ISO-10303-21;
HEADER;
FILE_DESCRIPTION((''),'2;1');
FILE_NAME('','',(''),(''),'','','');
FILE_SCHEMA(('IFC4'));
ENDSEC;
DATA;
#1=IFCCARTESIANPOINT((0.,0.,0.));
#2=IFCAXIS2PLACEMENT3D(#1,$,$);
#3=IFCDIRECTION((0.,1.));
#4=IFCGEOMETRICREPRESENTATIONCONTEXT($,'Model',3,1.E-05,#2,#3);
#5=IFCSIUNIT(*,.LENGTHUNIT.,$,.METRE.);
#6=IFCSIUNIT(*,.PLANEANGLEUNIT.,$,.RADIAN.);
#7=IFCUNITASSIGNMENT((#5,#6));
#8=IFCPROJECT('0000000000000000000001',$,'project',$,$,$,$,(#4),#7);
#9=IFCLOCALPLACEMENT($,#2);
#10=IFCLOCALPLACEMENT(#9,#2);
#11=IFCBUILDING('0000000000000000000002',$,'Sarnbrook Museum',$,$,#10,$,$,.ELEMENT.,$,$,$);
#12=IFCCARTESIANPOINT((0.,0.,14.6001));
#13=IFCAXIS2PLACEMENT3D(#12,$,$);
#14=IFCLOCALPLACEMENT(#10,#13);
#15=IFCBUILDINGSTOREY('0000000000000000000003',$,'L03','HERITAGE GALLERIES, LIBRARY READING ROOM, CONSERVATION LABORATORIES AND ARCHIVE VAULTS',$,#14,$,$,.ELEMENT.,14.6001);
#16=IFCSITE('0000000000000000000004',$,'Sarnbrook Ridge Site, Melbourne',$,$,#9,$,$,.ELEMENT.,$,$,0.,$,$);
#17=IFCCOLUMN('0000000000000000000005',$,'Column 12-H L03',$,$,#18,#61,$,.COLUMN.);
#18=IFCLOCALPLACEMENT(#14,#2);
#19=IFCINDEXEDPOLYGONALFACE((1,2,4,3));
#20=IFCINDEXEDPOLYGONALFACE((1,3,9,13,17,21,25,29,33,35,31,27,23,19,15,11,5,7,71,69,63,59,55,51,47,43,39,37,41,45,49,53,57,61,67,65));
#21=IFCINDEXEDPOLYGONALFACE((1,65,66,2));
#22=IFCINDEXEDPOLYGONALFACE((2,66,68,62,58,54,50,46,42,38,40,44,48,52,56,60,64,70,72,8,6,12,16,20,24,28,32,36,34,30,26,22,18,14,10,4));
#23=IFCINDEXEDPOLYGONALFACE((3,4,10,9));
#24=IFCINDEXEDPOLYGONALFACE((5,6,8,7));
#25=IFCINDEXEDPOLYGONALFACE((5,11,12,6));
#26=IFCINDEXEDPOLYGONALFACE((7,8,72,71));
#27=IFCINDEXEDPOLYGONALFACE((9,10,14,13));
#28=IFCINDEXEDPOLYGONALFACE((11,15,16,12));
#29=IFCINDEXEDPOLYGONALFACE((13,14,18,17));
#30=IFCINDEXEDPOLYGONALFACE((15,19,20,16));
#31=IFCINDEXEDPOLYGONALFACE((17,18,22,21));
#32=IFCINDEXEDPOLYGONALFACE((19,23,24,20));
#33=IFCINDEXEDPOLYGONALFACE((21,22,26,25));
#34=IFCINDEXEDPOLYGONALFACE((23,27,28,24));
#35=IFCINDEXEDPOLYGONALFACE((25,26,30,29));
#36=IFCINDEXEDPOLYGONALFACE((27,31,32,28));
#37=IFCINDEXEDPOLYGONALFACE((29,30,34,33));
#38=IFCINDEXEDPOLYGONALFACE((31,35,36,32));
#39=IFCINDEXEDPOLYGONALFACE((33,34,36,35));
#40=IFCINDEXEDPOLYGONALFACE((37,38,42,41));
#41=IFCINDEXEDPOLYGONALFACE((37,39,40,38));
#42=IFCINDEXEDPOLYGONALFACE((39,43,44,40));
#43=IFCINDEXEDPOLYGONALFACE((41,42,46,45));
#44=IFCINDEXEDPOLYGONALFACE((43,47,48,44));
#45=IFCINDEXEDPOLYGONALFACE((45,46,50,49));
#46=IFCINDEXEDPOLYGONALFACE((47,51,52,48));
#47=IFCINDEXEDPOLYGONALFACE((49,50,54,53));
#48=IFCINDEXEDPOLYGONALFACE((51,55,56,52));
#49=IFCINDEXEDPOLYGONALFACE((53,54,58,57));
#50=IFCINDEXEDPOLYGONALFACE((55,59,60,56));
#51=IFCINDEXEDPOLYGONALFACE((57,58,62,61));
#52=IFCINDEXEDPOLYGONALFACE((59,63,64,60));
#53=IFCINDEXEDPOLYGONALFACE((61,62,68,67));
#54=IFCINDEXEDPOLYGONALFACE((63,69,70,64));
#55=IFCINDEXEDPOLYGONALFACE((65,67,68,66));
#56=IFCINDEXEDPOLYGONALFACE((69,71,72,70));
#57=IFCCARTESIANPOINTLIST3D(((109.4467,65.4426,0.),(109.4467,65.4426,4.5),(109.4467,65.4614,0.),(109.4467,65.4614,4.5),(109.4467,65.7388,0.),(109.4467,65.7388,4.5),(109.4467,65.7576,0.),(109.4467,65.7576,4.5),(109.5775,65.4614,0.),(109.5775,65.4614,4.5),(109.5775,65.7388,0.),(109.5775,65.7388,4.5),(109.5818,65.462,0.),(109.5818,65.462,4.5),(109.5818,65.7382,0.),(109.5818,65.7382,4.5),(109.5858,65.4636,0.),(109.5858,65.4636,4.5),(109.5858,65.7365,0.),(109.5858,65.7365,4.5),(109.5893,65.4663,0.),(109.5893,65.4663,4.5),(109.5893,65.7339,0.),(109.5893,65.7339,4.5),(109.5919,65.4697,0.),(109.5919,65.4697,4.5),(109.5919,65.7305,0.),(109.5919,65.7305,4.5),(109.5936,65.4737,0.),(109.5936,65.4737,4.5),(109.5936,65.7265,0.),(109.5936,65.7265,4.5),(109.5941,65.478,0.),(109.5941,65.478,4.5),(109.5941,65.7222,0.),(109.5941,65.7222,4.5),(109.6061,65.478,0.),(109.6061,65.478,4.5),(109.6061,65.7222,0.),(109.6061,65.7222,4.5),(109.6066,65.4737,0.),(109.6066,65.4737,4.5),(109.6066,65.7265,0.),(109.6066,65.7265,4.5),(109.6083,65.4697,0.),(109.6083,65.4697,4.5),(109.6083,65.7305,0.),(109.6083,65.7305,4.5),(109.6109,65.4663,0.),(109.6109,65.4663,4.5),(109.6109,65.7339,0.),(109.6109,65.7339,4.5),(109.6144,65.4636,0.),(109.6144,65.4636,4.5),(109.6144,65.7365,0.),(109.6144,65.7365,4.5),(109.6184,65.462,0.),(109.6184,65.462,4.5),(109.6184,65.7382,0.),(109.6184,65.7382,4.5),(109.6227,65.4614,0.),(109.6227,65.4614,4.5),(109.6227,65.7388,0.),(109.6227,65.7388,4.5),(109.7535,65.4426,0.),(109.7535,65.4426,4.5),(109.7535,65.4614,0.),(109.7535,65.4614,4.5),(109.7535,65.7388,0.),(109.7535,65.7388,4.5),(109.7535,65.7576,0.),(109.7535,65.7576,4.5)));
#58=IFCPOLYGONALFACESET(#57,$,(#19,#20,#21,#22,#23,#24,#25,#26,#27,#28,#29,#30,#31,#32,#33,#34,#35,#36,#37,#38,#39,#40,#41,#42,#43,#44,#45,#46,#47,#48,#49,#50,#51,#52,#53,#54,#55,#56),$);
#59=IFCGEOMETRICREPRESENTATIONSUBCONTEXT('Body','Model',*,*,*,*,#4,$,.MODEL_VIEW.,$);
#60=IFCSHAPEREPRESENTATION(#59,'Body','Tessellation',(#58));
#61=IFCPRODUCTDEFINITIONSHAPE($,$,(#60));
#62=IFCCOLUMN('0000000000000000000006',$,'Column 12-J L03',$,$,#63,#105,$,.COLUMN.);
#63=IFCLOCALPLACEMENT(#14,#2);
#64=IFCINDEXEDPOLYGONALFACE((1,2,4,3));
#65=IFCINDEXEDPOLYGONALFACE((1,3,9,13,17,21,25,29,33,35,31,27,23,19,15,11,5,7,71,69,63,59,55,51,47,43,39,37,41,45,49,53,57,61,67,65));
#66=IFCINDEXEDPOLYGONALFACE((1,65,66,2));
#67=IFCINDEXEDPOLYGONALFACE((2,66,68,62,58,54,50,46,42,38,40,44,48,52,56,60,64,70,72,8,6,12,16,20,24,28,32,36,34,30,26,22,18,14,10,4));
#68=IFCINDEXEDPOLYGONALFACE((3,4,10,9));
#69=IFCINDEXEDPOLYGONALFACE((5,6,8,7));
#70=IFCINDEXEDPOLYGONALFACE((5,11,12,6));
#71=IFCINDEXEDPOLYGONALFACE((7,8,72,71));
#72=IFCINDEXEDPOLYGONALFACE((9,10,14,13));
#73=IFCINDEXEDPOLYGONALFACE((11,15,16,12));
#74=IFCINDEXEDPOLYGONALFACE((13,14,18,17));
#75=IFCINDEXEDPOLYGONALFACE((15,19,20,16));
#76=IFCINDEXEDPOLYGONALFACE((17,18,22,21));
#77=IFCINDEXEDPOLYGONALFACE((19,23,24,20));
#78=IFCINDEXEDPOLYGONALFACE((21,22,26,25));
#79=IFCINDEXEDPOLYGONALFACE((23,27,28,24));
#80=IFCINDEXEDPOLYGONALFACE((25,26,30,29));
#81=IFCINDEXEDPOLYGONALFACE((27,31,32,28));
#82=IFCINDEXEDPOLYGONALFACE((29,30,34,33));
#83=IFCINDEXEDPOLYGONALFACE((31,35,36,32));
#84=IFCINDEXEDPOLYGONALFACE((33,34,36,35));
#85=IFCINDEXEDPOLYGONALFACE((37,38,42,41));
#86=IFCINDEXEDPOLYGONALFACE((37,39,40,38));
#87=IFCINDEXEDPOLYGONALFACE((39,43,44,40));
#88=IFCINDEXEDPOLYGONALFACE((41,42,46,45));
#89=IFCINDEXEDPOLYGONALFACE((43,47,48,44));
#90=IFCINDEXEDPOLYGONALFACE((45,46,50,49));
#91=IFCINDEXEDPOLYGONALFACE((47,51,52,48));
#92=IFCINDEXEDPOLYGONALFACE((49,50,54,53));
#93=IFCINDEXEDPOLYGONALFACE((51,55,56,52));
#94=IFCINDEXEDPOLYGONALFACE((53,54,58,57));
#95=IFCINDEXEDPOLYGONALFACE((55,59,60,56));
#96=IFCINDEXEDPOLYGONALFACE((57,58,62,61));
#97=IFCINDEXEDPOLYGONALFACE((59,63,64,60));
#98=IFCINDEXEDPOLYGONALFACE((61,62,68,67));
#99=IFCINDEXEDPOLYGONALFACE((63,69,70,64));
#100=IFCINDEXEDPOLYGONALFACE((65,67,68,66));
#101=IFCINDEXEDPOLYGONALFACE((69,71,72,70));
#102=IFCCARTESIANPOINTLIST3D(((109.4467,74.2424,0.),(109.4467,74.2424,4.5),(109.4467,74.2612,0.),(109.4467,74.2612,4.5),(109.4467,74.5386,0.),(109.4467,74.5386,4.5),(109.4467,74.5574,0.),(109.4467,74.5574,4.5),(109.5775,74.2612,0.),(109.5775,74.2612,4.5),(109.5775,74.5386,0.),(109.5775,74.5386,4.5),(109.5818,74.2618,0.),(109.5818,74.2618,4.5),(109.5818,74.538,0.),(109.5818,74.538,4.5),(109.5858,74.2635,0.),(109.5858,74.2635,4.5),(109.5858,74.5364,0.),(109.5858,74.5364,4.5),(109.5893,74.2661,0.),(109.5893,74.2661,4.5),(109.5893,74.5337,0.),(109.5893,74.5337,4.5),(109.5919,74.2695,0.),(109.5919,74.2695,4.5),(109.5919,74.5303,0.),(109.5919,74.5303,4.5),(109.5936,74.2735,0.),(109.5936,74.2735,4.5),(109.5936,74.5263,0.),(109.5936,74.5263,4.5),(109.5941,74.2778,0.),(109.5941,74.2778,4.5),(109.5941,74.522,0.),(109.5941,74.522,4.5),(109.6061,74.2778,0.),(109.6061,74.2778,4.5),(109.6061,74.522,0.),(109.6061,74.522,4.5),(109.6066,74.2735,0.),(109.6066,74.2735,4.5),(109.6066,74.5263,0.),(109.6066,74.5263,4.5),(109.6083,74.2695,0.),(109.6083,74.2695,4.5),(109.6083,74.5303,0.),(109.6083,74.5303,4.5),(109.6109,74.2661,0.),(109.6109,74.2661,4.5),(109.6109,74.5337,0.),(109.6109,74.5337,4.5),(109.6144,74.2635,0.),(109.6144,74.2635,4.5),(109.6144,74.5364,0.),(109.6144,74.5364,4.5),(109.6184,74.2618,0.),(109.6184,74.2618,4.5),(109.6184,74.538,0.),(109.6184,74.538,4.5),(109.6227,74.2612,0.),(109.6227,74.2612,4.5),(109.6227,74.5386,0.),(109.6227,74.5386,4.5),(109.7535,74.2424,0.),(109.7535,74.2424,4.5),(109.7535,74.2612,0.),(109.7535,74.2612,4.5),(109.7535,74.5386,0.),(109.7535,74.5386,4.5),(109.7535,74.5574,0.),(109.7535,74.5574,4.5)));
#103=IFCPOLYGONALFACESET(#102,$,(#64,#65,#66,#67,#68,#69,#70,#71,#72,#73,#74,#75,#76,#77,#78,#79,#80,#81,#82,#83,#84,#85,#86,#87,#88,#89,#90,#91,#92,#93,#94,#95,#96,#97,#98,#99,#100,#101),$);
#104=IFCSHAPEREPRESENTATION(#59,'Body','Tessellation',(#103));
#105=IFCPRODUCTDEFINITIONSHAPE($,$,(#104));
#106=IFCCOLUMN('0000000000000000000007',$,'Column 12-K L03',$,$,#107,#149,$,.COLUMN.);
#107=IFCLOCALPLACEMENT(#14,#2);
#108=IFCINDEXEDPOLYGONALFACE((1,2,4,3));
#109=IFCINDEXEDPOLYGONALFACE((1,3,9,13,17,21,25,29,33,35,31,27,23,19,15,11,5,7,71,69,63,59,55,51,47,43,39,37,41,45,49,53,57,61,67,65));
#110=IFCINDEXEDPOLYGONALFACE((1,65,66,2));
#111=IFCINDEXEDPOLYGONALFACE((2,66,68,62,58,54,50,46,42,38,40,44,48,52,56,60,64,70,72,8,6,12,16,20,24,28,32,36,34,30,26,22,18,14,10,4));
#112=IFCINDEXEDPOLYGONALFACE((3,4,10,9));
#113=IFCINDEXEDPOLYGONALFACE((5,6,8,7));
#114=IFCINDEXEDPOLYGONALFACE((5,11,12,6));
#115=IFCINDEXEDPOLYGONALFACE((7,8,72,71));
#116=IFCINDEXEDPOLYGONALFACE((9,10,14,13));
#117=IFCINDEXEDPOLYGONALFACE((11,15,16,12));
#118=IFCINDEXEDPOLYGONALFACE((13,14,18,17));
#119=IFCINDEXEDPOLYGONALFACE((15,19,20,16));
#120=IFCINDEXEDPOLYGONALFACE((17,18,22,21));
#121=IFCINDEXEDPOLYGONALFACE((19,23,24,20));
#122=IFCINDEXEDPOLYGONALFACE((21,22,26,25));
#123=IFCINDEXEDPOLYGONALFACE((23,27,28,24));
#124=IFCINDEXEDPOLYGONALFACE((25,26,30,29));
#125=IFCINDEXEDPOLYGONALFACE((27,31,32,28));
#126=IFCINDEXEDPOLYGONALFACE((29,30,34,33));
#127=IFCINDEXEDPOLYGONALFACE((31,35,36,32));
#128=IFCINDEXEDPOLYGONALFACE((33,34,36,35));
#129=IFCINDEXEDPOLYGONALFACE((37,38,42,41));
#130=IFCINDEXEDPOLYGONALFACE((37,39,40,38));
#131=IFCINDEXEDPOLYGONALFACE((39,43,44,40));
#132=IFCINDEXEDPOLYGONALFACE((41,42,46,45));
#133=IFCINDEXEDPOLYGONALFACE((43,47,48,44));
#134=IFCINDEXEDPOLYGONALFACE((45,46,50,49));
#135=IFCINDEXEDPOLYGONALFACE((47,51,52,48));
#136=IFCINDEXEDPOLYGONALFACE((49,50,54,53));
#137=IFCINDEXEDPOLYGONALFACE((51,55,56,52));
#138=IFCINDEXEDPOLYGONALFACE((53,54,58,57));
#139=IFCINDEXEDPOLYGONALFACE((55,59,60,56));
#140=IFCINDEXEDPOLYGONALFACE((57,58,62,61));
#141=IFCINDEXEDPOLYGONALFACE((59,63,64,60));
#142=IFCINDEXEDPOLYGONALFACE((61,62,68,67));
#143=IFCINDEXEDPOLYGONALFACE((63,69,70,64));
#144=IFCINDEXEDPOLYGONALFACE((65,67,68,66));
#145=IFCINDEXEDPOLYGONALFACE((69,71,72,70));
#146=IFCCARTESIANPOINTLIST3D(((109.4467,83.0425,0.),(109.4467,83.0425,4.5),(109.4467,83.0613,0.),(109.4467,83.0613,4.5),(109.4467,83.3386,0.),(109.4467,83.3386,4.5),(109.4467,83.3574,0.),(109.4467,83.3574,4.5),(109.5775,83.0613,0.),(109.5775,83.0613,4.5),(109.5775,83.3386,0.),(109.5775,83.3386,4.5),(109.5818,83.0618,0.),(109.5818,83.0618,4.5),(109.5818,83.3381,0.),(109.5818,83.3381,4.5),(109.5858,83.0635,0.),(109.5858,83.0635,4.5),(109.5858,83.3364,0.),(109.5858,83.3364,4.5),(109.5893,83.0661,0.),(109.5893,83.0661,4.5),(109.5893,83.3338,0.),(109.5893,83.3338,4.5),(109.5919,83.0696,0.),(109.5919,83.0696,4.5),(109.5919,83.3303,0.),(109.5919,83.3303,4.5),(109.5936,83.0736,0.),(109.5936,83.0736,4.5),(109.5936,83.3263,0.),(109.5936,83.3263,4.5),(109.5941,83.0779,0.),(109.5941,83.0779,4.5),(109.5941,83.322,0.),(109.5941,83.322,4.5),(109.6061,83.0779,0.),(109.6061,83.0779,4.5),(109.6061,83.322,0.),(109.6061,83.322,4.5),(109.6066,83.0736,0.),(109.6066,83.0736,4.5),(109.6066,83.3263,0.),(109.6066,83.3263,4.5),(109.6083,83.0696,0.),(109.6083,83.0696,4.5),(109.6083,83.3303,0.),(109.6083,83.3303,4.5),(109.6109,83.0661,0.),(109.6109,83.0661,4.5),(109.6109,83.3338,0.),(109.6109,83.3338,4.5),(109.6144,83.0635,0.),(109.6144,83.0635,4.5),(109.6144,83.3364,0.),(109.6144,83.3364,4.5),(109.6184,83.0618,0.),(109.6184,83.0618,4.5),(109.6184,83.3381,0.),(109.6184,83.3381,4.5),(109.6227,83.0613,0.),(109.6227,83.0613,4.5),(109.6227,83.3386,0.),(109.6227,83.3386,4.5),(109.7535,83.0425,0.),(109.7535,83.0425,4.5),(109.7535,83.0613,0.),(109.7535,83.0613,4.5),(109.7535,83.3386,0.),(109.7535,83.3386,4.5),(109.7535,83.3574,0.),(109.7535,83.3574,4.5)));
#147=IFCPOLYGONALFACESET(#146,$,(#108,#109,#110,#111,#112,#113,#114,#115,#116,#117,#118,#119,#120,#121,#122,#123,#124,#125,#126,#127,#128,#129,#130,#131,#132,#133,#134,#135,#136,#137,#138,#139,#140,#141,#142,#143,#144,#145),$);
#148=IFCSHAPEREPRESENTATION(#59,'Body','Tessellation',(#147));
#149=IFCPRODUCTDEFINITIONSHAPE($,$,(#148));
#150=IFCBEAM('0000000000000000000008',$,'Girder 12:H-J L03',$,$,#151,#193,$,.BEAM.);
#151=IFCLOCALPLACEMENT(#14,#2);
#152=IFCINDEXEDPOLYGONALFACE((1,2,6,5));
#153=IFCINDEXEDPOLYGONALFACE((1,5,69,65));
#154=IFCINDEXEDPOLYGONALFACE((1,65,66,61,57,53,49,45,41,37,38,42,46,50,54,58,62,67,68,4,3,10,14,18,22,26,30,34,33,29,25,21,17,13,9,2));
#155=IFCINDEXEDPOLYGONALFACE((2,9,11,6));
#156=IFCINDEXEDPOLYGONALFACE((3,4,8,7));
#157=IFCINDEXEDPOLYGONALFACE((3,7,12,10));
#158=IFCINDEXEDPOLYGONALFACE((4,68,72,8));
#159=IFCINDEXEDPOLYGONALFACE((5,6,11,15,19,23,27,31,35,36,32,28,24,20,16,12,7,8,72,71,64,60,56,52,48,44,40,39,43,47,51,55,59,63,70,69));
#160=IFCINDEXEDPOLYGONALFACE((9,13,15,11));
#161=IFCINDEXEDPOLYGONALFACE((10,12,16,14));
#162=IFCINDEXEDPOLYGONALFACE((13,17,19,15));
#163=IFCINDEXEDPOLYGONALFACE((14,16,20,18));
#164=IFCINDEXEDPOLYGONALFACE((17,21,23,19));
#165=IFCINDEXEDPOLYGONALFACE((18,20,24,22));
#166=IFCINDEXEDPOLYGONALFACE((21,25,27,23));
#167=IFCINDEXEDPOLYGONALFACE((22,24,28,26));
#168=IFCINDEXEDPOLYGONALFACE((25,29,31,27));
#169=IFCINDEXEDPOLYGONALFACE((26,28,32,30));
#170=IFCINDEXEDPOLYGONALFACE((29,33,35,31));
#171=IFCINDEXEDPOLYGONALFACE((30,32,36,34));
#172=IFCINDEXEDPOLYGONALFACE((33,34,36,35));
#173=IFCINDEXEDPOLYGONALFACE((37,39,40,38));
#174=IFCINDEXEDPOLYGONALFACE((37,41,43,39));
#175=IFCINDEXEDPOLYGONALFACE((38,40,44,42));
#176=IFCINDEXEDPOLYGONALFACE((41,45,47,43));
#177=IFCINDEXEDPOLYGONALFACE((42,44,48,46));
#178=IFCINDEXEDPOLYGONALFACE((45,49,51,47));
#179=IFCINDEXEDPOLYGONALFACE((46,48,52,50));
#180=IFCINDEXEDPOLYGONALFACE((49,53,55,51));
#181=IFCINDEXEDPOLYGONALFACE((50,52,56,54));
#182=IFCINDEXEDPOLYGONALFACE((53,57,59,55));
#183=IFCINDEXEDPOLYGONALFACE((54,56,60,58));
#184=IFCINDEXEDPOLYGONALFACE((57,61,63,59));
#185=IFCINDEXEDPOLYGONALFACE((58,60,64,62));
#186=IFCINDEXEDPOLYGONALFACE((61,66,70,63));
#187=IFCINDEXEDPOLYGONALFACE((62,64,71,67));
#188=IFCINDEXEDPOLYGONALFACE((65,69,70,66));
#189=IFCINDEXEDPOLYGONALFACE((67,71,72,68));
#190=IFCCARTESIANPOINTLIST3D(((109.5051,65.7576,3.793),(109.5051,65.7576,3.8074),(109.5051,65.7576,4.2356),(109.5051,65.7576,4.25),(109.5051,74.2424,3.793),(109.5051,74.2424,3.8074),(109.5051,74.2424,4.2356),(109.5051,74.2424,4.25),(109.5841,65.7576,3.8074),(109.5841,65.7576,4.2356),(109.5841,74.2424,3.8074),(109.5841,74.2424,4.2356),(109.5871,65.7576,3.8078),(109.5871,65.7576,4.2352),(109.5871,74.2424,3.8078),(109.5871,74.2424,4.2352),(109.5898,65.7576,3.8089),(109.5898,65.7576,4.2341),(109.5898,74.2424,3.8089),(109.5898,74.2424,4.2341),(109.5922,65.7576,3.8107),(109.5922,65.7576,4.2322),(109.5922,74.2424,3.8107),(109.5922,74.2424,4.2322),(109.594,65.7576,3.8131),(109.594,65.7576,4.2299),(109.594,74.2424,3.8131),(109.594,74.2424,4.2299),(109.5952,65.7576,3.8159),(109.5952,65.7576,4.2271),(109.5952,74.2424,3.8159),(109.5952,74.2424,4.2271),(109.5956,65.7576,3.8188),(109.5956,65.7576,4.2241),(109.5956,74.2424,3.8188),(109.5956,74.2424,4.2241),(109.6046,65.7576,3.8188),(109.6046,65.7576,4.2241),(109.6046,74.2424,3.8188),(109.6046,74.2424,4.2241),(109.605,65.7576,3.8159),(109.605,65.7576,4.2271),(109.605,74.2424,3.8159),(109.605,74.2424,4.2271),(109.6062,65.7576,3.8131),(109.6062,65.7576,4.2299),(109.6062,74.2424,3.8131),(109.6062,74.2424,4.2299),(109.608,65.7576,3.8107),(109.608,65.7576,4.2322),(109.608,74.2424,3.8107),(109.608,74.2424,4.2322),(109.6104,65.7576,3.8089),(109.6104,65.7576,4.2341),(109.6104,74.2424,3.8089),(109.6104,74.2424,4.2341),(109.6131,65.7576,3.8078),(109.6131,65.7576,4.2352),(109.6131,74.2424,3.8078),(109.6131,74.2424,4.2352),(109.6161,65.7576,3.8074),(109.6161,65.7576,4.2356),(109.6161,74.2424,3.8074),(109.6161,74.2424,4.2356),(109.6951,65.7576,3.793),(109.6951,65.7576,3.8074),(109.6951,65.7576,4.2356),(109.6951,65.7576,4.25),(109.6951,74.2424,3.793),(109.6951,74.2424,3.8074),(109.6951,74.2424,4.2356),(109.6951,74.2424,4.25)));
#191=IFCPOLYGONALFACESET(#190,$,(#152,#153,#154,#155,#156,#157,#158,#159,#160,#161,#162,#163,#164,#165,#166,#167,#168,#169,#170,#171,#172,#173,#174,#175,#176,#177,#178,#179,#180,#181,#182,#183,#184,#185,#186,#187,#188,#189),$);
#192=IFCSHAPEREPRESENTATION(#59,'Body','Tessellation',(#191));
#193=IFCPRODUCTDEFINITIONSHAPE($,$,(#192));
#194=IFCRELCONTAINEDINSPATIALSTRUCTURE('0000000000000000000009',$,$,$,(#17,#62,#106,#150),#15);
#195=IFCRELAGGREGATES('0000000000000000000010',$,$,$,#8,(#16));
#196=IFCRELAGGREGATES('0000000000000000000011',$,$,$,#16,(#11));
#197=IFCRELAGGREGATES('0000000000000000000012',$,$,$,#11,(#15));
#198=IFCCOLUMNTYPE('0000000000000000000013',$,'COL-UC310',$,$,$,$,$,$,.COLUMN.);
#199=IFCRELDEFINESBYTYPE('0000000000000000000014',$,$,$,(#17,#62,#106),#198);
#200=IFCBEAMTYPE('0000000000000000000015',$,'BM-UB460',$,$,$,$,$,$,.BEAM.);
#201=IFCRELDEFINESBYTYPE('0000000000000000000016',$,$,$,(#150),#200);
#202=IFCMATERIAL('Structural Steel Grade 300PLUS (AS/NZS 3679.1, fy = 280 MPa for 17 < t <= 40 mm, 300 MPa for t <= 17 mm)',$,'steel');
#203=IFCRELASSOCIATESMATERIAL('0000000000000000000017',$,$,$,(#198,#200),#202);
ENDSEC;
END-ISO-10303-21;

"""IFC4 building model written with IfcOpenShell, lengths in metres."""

from ifc_helpers import new_model, si_unit, direction, frame, origin, origin_2d, place, context, subcontext, project, spatial, i_section, extrude, material, material_profile, profile_set, type_object, element, save


model = new_model("IFC4")

# Units and contexts
model_context = context("Model", 3, precision=1e-05, world=origin(), true_north=direction((0.0, 1.0)))
body_context = subcontext(model_context, "Body", "Model", "MODEL_VIEW")
ifc_project = project(units=[si_unit("LENGTHUNIT", "METRE"), si_unit("PLANEANGLEUNIT", "RADIAN")], contexts=[model_context])

# Site, building, storey
site_placement = place(None, origin())
site = spatial("IfcSite", under=ifc_project, at=site_placement, Name="Sarnbrook Ridge Site, Melbourne", CompositionType="ELEMENT", RefElevation=0.0)
building_placement = place(site_placement, origin())
building = spatial("IfcBuilding", under=site, at=building_placement, Name="Sarnbrook Museum", CompositionType="ELEMENT")
storey_placement = place(building_placement, frame((0.0, 0.0, 14.6001)))
storey = spatial("IfcBuildingStorey", under=building, at=storey_placement, Name="L03", Description="HERITAGE GALLERIES, LIBRARY READING ROOM, CONSERVATION LABORATORIES AND ARCHIVE VAULTS", CompositionType="ELEMENT", Elevation=14.6001)

# Columns
ifc_material_1 = material(Name="Structural Steel Grade 300PLUS (AS/NZS 3679.1, fy = 280 MPa for 17 < t <= 40 mm, 300 MPa for t <= 17 mm)", Category="steel")
ifc_material_profile_1 = material_profile(ifc_material_1, i_section(OverallWidth=0.3069, OverallDepth=0.3149, WebThickness=0.012, FlangeThickness=0.0188, FilletRadius=0.0166, at=origin_2d()), Name="310UC118")
ifc_profile_set_1 = profile_set([ifc_material_profile_1], Name="Structural Steel Grade 300PLUS (AS/NZS 3679.1, fy = 280 MPa for 17 < t <= 40 mm, 300 MPa for t <= 17 mm)")
column_type = type_object("IfcColumnType", Name="COL-UC310", PredefinedType="COLUMN", material=ifc_profile_set_1)
for number, where, z_axis, x_axis, name in (
    (1, (109.6001, 65.6001, 0.0), (0.0, 0.0, 1.0), (1.0, 0.0, 0.0), "Column 12-H L03"),
    (2, (109.6001, 74.3999, 0.0), (0.0, 0.0, 1.0), (1.0, 0.0, 0.0), "Column 12-J L03"),
    (3, (109.6001, 83.2, 0.0), (0.0, 0.0, 1.0), (1.0, 0.0, 0.0), "Column 12-K L03"),
):
    element("IfcColumn", number, at=place(storey_placement, frame(where, z_axis=z_axis, x_axis=x_axis)), inside=storey, type_object=column_type, Name=name, PredefinedType="COLUMN", context=body_context, shape_type="SweptSolid", body=[
        extrude(i_section(OverallWidth=0.3069, OverallDepth=0.3149, WebThickness=0.012, FlangeThickness=0.0188, FilletRadius=0.0166, at=origin_2d()), origin(), (0.0, 0.0, 1.0), 4.5),
    ])

# Beam
ifc_material_profile_2 = material_profile(ifc_material_1, i_section(OverallWidth=0.1899, OverallDepth=0.457, WebThickness=0.009, FlangeThickness=0.0144, FilletRadius=0.0115, at=origin_2d()), Name="460UB74.6")
ifc_profile_set_2 = profile_set([ifc_material_profile_2], Name="Structural Steel Grade 300PLUS (AS/NZS 3679.1, fy = 280 MPa for 17 < t <= 40 mm, 300 MPa for t <= 17 mm)")
beam_type_1 = type_object("IfcBeamType", Name="BM-UB460", PredefinedType="BEAM", material=ifc_profile_set_2)
for number, where, z_axis, x_axis, name in (
    (4, (109.6001, 65.7576, 4.0215), (0.0, 1.0, 0.0), (-1.0, 0.0, 0.0), "Girder 12:H-J L03"),
):
    element("IfcBeam", number, at=place(storey_placement, frame(where, z_axis=z_axis, x_axis=x_axis)), inside=storey, type_object=beam_type_1, Name=name, PredefinedType="BEAM", context=body_context, shape_type="SweptSolid", body=[
        extrude(i_section(OverallWidth=0.1899, OverallDepth=0.457, WebThickness=0.009, FlangeThickness=0.0144, FilletRadius=0.0115, at=origin_2d()), origin(), (0.0, 0.0, 1.0), 8.4849),
    ])

save(model, "model.ifc")
